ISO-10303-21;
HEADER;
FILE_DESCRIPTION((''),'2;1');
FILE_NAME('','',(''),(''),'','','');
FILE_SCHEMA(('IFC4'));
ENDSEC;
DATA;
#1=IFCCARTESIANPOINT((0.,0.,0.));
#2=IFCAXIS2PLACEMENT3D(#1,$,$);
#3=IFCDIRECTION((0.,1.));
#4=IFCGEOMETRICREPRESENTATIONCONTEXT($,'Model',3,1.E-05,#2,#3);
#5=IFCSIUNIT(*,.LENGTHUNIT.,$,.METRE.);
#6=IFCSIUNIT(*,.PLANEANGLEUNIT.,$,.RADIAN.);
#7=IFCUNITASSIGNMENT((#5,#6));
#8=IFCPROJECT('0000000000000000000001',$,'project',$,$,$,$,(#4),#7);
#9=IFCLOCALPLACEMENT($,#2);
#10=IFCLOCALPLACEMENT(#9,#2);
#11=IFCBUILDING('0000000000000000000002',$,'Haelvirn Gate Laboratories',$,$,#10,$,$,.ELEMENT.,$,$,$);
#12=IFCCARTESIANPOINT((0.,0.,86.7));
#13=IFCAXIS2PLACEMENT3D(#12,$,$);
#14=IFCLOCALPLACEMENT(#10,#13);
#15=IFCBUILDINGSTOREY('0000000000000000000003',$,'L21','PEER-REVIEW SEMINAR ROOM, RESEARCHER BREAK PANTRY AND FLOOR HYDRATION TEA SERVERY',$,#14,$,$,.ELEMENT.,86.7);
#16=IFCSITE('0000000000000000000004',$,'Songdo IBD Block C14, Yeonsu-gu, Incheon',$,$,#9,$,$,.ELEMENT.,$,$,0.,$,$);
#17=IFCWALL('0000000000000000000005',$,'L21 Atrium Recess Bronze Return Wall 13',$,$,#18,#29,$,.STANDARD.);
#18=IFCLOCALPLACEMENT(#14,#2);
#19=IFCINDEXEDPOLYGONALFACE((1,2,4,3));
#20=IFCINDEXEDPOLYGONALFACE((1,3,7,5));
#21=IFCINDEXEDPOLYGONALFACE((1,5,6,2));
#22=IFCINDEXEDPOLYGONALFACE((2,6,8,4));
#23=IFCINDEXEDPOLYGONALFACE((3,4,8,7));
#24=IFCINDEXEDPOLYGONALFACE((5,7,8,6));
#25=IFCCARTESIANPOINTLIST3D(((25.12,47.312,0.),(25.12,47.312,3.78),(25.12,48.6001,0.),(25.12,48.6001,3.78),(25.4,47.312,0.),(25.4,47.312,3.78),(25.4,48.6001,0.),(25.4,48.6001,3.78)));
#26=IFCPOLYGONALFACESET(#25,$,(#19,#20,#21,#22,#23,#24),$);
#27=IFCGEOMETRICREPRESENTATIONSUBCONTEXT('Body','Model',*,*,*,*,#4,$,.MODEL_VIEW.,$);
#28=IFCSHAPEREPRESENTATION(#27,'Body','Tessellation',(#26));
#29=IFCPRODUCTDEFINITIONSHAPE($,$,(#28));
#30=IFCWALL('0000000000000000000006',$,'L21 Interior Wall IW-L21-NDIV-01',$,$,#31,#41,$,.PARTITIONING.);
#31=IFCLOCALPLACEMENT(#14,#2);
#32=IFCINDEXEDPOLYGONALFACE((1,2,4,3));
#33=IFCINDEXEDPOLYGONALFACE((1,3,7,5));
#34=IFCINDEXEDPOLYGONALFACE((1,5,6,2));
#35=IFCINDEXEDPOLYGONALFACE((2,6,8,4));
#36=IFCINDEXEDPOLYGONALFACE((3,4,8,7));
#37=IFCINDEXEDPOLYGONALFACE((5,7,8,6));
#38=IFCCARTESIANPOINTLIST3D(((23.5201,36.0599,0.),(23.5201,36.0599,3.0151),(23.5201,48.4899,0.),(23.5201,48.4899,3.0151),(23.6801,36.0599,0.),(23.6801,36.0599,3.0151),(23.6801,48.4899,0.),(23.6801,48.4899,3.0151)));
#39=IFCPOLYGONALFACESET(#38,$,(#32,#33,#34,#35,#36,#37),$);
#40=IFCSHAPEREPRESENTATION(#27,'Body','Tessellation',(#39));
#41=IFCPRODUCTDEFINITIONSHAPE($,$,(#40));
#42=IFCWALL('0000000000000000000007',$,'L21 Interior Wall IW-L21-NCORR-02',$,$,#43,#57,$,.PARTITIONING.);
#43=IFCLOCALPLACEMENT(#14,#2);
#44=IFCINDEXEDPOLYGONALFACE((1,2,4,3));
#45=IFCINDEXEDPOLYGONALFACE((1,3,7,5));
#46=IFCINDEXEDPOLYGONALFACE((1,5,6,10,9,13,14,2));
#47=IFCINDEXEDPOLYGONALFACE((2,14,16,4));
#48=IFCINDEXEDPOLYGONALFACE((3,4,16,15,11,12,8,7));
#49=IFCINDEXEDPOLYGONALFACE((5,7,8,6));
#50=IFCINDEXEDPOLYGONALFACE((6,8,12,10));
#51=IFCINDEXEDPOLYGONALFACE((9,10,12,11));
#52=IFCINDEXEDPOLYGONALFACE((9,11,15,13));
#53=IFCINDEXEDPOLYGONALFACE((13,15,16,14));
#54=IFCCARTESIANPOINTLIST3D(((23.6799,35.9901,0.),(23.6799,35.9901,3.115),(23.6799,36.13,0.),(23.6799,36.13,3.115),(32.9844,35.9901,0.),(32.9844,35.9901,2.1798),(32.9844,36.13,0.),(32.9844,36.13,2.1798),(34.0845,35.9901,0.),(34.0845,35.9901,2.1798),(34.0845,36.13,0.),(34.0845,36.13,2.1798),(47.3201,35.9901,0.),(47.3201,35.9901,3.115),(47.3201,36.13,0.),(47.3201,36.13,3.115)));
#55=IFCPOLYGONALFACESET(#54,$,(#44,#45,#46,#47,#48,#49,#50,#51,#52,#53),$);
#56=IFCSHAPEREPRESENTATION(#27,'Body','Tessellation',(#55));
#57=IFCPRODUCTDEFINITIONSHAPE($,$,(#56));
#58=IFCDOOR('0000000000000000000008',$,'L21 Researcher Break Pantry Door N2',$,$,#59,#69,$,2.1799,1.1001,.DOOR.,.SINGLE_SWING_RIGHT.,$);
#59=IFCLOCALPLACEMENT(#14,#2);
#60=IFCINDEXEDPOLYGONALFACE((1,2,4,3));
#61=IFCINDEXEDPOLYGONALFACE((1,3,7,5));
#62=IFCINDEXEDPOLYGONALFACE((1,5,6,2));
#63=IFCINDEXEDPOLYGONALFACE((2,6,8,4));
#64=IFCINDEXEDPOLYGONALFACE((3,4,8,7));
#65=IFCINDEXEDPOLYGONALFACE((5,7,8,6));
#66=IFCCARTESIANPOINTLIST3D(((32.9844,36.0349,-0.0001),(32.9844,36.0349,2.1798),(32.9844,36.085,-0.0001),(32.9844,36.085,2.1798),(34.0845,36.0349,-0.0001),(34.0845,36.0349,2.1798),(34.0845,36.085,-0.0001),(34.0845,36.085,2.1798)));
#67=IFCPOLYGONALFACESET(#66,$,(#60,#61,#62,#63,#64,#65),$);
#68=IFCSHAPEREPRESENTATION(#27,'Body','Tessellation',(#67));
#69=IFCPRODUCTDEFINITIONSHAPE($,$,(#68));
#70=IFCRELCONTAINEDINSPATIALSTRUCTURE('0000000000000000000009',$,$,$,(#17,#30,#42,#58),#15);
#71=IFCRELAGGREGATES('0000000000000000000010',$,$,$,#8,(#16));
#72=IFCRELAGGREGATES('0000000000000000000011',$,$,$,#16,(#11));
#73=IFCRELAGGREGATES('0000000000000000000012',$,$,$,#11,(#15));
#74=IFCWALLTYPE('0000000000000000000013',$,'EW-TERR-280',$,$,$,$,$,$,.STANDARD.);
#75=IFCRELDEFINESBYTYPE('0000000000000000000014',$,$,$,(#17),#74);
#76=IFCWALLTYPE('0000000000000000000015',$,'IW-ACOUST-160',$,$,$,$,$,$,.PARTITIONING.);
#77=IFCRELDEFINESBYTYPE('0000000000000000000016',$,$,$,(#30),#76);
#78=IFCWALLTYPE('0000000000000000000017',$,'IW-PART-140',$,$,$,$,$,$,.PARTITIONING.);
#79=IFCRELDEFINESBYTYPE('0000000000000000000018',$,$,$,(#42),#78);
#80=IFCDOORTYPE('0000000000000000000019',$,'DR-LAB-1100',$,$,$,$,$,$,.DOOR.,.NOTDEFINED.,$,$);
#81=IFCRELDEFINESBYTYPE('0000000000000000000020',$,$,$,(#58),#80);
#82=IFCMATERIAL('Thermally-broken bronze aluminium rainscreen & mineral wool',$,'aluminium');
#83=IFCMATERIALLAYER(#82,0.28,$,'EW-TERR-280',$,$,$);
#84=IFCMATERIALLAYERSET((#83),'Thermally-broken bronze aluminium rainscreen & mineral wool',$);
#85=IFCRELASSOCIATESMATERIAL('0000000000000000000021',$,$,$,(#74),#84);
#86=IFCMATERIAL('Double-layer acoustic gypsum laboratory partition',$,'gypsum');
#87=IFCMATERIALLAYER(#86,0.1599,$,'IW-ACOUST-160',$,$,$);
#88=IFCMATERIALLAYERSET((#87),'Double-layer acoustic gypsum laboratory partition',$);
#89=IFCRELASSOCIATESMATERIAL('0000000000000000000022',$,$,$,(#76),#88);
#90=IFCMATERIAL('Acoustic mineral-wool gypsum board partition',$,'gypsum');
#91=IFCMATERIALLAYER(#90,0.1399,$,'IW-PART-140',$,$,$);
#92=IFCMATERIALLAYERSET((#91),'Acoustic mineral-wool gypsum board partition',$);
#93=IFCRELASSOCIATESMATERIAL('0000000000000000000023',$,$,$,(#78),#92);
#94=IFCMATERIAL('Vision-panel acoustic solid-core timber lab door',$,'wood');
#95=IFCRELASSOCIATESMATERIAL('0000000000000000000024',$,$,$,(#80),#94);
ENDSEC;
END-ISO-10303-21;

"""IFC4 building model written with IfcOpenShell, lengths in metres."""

from ifc_helpers import new_model, si_unit, direction, frame, frame_2d, origin, place, context, subcontext, project, spatial, rectangle, extrude, source, transform, mapped, material, layer, layer_set, type_object, type_shapes, element, fill, save


model = new_model("IFC4")

# Units and contexts
model_context = context("Model", 3, precision=1e-05, world=origin(), true_north=direction((0.0, 1.0)))
body_context = subcontext(model_context, "Body", "Model", "MODEL_VIEW")
ifc_project = project(units=[si_unit("LENGTHUNIT", "METRE"), si_unit("PLANEANGLEUNIT", "RADIAN")], contexts=[model_context])

# Site, building, storey
site_placement = place(None, origin())
site = spatial("IfcSite", under=ifc_project, at=site_placement, Name="Songdo IBD Block C14, Yeonsu-gu, Incheon", CompositionType="ELEMENT", RefElevation=0.0)
building_placement = place(site_placement, origin())
building = spatial("IfcBuilding", under=site, at=building_placement, Name="Haelvirn Gate Laboratories", CompositionType="ELEMENT")
storey_placement = place(building_placement, frame((0.0, 0.0, 86.7)))
storey = spatial("IfcBuildingStorey", under=building, at=storey_placement, Name="L21", Description="PEER-REVIEW SEMINAR ROOM, RESEARCHER BREAK PANTRY AND FLOOR HYDRATION TEA SERVERY", CompositionType="ELEMENT", Elevation=86.7)

# Walls
ifc_material_1 = material(Name="Thermally-broken bronze aluminium rainscreen & mineral wool", Category="aluminium")
ifc_layer_1 = layer(ifc_material_1, 0.28, Name="EW-TERR-280")
ifc_layer_set_1 = layer_set([ifc_layer_1], Name="Thermally-broken bronze aluminium rainscreen & mineral wool")
wall_type_1 = type_object("IfcWallType", Name="EW-TERR-280", PredefinedType="STANDARD", material=ifc_layer_set_1)
wall_1_placement = place(storey_placement, frame((25.26, 47.312, 0.0), z_axis=(0.0, 0.0, 1.0), x_axis=(0.0, 1.0, 0.0)))
element("IfcWall", 1, at=wall_1_placement, inside=storey, type_object=wall_type_1, Name="L21 Atrium Recess Bronze Return Wall 13", PredefinedType="STANDARD", context=body_context, shape_type="SweptSolid", body=[
    extrude(rectangle(XDim=1.2881, YDim=0.28, at=frame_2d((0.644, 0.0))), origin(), (0.0, 0.0, 1.0), 3.78),
])
ifc_material_2 = material(Name="Double-layer acoustic gypsum laboratory partition", Category="gypsum")
ifc_layer_2 = layer(ifc_material_2, 0.1599, Name="IW-ACOUST-160")
ifc_layer_set_2 = layer_set([ifc_layer_2], Name="Double-layer acoustic gypsum laboratory partition")
wall_type_2 = type_object("IfcWallType", Name="IW-ACOUST-160", PredefinedType="PARTITIONING", material=ifc_layer_set_2)
wall_2_placement = place(storey_placement, frame((23.6001, 36.0601, 0.0), z_axis=(0.0, 0.0, 1.0), x_axis=(0.0, 1.0, 0.0)))
element("IfcWall", 2, at=wall_2_placement, inside=storey, type_object=wall_type_2, Name="L21 Interior Wall IW-L21-NDIV-01", PredefinedType="PARTITIONING", context=body_context, shape_type="SweptSolid", body=[
    extrude(rectangle(XDim=12.4299, YDim=0.1599, at=frame_2d((6.2148, 0.0))), origin(), (0.0, 0.0, 1.0), 3.0151),
])

# Wall, opening, door
ifc_material_3 = material(Name="Acoustic mineral-wool gypsum board partition", Category="gypsum")
ifc_layer_3 = layer(ifc_material_3, 0.1399, Name="IW-PART-140")
ifc_layer_set_3 = layer_set([ifc_layer_3], Name="Acoustic mineral-wool gypsum board partition")
wall_type_3 = type_object("IfcWallType", Name="IW-PART-140", PredefinedType="PARTITIONING", material=ifc_layer_set_3)
wall_3_placement = place(storey_placement, frame((23.6799, 36.0601, 0.0), z_axis=(0.0, 0.0, 1.0), x_axis=(1.0, 0.0, 0.0)))
wall_3 = element("IfcWall", 3, at=wall_3_placement, inside=storey, type_object=wall_type_3, Name="L21 Interior Wall IW-L21-NCORR-02", PredefinedType="PARTITIONING", context=body_context, shape_type="SweptSolid", body=[
    extrude(rectangle(XDim=23.6401, YDim=0.1399, at=frame_2d((11.8201, 0.0))), origin(), (0.0, 0.0, 1.0), 3.115),
])
opening_placement = place(wall_3_placement, frame((9.3044, 0.0, 0.0)))
opening = element("IfcOpeningElement", 4, at=opening_placement, cuts=wall_3, PredefinedType="OPENING", context=body_context, shape_type="SweptSolid", body=[
    extrude(rectangle(XDim=1.1001, YDim=2.1799, at=frame_2d((0.55, 1.0898))), frame((0.0, 0.0801, 0.0), z_axis=(0.0, -1.0, 0.0), x_axis=(1.0, 0.0, 0.0)), (0.0, 0.0, 1.0), 0.1599),
])
ifc_material_4 = material(Name="Vision-panel acoustic solid-core timber lab door", Category="wood")
door_type = type_object("IfcDoorType", Name="DR-LAB-1100", OperationType="NOTDEFINED", PredefinedType="DOOR", material=ifc_material_4)
shared_shape_1 = source(origin(), body_context, "Body", "SweptSolid", [
    extrude(rectangle(XDim=1.1001, YDim=2.1799, at=frame_2d((0.55, 1.0898))), frame((0.0, 0.0249, 0.0), z_axis=(0.0, -1.0, 0.0), x_axis=(1.0, 0.0, 0.0)), (0.0, 0.0, 1.0), 0.05),
])
type_shapes(door_type, [shared_shape_1])
door_placement = place(opening_placement, origin())
door = element("IfcDoor", 5, at=door_placement, inside=storey, type_object=door_type, Name="L21 Researcher Break Pantry Door N2", OperationType="SINGLE_SWING_RIGHT", OverallHeight=2.1799, OverallWidth=1.1001, PredefinedType="DOOR", context=body_context, shape_type="MappedRepresentation", body=[
    mapped(shared_shape_1, transform((0.0, 0.0, 0.0), scale=1.0)),
])
fill(opening, door)

save(model, "model.ifc")
